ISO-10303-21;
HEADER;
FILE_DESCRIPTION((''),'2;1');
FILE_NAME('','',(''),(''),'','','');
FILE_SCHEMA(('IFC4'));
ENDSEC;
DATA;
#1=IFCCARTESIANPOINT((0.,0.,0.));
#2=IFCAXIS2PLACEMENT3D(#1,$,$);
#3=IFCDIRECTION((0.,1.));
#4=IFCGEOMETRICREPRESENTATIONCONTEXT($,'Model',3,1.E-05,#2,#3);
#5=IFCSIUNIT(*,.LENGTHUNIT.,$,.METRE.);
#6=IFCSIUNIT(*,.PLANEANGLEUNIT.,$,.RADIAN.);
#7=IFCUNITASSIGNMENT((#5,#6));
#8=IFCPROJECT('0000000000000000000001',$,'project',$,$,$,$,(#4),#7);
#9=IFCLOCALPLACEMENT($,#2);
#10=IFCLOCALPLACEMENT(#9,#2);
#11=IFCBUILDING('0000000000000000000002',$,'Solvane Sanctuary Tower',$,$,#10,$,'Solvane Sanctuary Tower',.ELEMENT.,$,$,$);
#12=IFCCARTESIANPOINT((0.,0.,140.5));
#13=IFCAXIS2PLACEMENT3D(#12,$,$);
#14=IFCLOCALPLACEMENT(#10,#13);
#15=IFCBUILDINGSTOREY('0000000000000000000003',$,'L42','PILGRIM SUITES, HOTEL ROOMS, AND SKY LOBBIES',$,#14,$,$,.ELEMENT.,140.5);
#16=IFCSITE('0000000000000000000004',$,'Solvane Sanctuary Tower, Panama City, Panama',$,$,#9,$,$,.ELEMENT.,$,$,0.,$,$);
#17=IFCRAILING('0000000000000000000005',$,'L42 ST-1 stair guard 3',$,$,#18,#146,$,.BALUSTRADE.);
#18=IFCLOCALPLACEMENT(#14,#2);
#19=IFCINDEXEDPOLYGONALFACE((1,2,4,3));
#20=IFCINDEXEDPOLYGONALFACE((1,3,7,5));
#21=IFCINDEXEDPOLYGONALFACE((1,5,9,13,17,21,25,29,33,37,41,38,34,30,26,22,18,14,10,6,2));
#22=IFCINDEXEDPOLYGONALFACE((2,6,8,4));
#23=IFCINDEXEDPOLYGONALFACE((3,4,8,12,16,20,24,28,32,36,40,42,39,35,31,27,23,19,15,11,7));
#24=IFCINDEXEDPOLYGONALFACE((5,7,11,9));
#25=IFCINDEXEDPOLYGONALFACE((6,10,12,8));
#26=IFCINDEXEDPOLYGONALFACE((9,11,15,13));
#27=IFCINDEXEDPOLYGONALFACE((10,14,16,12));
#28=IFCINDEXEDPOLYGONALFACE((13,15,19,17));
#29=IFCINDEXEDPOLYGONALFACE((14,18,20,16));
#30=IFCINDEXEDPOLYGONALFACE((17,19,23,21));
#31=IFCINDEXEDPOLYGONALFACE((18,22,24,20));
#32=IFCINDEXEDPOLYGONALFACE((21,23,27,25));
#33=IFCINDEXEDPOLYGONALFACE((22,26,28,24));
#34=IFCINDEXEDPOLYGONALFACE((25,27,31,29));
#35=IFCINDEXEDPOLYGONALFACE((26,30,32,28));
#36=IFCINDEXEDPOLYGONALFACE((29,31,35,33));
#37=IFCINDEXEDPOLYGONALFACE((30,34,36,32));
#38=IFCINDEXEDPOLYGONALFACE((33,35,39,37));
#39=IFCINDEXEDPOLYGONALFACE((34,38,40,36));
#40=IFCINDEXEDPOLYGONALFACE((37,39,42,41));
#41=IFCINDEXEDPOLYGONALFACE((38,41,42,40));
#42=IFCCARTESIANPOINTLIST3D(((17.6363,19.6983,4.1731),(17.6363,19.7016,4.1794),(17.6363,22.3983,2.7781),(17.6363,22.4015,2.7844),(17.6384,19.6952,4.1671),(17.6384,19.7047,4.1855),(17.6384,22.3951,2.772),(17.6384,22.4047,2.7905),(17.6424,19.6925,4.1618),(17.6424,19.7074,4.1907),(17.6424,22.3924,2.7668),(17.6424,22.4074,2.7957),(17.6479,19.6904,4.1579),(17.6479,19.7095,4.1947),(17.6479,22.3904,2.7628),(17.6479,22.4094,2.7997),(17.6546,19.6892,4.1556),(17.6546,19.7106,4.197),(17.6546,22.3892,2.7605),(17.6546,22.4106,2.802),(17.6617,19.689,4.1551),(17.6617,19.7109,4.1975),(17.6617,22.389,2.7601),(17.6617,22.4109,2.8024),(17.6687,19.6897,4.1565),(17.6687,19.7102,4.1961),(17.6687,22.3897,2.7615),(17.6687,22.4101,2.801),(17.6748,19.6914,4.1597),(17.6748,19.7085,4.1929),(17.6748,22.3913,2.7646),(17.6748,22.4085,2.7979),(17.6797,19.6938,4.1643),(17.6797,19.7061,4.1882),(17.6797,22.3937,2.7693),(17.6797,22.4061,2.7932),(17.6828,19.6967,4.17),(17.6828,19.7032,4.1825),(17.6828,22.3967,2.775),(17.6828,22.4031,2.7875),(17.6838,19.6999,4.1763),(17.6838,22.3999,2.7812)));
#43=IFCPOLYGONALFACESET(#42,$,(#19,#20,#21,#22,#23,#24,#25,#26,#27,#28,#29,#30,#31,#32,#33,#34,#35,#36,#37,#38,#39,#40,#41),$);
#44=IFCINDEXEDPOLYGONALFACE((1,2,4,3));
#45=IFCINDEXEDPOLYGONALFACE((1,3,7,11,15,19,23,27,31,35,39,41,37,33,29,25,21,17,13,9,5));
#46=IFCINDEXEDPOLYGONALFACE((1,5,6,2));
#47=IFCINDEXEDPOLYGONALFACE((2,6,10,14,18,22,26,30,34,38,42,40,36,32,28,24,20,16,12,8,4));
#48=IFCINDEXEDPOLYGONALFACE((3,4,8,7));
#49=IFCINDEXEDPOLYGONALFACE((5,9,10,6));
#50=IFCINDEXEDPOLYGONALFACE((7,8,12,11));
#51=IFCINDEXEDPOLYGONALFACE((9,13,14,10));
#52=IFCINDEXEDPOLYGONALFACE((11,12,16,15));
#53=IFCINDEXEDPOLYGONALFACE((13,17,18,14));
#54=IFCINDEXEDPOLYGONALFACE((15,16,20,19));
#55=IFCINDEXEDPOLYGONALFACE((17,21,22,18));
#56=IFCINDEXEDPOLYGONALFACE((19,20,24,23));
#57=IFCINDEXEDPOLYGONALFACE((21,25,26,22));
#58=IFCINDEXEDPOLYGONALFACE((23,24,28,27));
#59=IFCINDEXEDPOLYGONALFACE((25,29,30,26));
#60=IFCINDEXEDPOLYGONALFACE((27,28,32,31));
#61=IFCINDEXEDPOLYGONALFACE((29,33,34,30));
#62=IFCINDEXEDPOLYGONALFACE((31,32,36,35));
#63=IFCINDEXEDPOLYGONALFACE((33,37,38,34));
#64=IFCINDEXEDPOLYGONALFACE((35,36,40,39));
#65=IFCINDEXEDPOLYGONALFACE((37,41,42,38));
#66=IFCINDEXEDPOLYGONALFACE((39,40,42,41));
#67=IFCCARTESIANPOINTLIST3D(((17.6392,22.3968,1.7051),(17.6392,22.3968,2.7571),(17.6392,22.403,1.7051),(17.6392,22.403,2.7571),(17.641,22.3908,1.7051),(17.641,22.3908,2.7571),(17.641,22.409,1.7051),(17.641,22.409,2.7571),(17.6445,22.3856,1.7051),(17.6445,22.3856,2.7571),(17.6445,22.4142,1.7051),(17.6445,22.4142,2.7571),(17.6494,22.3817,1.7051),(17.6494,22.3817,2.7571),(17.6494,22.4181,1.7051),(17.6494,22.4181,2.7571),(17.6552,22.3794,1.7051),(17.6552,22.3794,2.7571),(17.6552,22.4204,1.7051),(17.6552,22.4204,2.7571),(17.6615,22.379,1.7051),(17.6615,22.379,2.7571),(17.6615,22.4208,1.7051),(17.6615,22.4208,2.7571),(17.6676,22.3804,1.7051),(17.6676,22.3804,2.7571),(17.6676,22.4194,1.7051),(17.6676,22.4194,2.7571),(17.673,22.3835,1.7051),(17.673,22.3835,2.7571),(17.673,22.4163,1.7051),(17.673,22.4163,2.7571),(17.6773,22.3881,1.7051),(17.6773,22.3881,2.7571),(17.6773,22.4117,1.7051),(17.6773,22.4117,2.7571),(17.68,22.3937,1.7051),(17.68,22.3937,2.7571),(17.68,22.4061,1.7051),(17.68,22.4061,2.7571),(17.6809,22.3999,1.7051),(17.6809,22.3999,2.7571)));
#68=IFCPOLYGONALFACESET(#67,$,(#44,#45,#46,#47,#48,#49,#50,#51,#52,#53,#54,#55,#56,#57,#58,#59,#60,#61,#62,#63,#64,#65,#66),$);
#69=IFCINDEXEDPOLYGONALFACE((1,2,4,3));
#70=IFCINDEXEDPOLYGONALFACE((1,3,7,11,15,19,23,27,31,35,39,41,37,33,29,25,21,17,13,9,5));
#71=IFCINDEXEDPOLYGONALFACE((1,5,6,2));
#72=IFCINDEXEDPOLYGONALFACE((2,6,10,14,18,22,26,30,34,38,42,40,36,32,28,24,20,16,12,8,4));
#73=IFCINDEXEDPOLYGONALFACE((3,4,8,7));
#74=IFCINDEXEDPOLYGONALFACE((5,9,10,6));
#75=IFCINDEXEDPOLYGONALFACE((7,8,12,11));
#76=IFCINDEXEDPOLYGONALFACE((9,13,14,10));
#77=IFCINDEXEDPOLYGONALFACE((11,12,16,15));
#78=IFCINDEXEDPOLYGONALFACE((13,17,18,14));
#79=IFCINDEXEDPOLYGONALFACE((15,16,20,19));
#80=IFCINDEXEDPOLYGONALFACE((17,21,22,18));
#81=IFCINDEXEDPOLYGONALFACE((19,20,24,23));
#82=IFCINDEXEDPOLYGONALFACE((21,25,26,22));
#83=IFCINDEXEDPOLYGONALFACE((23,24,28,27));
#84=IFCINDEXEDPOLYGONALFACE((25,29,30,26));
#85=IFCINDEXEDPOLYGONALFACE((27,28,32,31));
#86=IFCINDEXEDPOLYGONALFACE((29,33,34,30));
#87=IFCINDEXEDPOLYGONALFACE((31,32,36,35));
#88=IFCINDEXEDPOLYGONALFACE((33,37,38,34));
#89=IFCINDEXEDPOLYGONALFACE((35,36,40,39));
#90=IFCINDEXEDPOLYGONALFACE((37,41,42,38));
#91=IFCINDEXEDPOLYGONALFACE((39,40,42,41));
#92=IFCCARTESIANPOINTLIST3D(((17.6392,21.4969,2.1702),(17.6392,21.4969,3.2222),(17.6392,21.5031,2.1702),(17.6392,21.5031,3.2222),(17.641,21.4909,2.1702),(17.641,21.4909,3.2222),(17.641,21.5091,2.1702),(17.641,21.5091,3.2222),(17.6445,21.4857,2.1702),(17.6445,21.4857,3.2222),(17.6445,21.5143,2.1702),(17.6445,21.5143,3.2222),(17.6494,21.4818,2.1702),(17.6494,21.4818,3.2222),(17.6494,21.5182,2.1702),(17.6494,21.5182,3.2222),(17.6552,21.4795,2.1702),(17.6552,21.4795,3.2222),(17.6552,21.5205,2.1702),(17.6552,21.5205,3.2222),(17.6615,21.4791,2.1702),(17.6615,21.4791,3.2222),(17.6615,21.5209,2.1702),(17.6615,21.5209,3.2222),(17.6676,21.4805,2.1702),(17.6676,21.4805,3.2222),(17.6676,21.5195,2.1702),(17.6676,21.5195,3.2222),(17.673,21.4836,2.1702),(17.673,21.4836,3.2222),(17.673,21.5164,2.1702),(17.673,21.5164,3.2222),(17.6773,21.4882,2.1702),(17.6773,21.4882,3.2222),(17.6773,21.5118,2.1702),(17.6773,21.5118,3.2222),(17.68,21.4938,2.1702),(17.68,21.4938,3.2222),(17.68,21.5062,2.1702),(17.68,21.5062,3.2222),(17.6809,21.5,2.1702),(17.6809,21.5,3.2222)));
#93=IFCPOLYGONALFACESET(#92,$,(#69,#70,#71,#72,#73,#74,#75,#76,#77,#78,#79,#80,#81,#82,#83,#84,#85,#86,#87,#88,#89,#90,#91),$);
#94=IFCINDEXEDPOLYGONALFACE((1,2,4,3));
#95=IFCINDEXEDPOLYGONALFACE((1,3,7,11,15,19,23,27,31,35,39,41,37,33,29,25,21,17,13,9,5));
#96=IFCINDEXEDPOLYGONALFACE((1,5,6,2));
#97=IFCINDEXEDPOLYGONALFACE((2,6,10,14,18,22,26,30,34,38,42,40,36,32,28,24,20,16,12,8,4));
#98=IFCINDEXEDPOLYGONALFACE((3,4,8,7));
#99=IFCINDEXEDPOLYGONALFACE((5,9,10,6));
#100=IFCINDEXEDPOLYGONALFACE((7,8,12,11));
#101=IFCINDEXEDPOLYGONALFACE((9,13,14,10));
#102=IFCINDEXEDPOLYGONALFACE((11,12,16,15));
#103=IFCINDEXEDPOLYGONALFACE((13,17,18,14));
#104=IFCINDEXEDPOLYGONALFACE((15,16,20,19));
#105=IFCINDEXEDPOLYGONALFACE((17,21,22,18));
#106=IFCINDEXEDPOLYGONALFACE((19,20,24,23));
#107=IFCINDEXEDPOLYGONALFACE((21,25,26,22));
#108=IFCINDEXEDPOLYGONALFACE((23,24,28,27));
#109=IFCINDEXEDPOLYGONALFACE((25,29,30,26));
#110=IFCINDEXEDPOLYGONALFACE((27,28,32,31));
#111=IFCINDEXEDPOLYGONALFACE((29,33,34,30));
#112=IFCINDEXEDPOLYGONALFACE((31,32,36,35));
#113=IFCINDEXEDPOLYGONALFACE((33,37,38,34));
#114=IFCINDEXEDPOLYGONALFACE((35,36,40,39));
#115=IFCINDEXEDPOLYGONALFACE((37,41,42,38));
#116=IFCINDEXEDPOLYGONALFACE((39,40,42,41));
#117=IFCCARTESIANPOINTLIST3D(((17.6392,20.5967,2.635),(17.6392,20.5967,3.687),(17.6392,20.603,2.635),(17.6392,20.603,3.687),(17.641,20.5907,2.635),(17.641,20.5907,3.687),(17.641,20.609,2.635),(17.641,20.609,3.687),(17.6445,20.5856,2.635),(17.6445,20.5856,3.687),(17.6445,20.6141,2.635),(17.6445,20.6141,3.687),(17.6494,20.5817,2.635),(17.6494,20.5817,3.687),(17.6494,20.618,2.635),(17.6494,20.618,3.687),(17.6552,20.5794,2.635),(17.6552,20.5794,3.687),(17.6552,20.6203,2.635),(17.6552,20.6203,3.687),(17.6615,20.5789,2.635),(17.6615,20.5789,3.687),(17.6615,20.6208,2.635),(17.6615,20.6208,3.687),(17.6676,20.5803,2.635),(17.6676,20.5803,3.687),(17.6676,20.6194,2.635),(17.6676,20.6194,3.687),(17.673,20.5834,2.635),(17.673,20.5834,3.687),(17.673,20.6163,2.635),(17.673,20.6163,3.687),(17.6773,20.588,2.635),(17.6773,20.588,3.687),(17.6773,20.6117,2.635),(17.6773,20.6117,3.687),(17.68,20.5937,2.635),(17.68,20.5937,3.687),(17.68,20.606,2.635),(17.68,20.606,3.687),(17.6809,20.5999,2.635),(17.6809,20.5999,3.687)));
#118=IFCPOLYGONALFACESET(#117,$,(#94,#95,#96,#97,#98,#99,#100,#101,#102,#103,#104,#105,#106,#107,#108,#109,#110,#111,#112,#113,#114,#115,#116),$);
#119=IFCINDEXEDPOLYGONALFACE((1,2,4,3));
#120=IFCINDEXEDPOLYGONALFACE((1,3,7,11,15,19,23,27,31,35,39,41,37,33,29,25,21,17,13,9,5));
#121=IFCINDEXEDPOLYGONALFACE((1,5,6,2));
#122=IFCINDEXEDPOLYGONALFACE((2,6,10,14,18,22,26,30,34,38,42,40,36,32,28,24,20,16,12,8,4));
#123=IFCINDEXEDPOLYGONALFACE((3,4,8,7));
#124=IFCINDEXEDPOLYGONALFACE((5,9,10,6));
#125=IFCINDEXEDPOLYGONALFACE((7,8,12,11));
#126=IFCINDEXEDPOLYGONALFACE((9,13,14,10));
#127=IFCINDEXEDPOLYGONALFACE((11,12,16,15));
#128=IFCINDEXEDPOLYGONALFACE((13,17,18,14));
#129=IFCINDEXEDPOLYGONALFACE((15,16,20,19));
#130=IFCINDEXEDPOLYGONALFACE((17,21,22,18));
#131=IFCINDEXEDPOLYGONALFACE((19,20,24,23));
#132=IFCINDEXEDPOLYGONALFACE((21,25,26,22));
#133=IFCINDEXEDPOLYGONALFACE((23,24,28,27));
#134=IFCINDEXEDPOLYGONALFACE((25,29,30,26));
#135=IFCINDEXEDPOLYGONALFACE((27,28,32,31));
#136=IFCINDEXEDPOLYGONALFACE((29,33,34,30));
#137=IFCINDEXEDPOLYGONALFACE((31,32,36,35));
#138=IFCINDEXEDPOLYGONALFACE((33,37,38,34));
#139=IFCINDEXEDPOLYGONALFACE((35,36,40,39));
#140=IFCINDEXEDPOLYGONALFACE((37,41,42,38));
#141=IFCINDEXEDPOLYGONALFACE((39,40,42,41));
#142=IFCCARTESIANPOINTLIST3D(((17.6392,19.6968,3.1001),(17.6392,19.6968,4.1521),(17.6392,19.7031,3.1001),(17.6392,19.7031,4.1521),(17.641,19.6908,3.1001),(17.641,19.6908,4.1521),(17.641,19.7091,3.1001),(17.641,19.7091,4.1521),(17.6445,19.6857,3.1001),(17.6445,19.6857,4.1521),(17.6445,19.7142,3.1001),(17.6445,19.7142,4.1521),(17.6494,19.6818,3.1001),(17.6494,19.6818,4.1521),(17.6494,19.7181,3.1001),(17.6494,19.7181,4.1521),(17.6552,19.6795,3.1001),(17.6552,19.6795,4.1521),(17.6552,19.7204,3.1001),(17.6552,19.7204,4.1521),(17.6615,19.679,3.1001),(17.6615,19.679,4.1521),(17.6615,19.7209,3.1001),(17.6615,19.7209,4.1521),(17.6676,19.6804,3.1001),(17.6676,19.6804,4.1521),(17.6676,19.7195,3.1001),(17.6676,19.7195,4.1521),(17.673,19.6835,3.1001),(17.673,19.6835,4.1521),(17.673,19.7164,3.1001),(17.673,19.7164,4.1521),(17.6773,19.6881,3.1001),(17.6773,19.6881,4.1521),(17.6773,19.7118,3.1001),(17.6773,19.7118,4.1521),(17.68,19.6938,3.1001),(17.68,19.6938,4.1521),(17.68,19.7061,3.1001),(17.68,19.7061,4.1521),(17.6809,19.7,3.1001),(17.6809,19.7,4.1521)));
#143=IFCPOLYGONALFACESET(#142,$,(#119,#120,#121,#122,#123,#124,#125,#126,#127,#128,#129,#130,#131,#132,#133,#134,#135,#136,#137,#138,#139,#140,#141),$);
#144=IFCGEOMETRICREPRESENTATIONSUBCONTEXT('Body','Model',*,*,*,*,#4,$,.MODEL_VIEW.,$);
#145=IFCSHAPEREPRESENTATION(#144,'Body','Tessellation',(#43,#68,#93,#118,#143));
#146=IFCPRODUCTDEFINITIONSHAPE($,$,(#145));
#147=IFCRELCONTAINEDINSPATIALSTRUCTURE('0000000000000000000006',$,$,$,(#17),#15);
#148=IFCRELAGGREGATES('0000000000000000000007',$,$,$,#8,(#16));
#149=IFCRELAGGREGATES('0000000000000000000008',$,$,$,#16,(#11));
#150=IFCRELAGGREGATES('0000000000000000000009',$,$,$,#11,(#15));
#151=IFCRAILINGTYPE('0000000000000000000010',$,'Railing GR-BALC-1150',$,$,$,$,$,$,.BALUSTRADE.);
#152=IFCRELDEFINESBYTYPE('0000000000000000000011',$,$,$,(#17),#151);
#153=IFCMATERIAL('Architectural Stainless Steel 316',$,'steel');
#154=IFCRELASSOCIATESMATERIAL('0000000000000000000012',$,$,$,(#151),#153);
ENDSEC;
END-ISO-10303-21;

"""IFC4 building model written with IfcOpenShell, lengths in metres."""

from ifc_helpers import new_model, si_unit, direction, frame, origin, origin_2d, place, context, subcontext, project, spatial, circle, extrude, material, type_object, element, save


model = new_model("IFC4")

# Units and contexts
model_context = context("Model", 3, precision=1e-05, world=origin(), true_north=direction((0.0, 1.0)))
body_context = subcontext(model_context, "Body", "Model", "MODEL_VIEW")
ifc_project = project(units=[si_unit("LENGTHUNIT", "METRE"), si_unit("PLANEANGLEUNIT", "RADIAN")], contexts=[model_context])

# Site, building, storey
site_placement = place(None, origin())
site = spatial("IfcSite", under=ifc_project, at=site_placement, Name="Solvane Sanctuary Tower, Panama City, Panama", CompositionType="ELEMENT", RefElevation=0.0)
building_placement = place(site_placement, origin())
building = spatial("IfcBuilding", under=site, at=building_placement, Name="Solvane Sanctuary Tower", LongName="Solvane Sanctuary Tower", CompositionType="ELEMENT")
storey_placement = place(building_placement, frame((0.0, 0.0, 140.5)))
storey = spatial("IfcBuildingStorey", under=building, at=storey_placement, Name="L42", Description="PILGRIM SUITES, HOTEL ROOMS, AND SKY LOBBIES", CompositionType="ELEMENT", Elevation=140.5)

# Shared definitions
ifc_material_1 = material(Name="Architectural Stainless Steel 316", Category="steel")

# Railing
railing_type_1 = type_object("IfcRailingType", Name="Railing GR-BALC-1150", PredefinedType="BALUSTRADE", material=ifc_material_1)
railing_1_placement = place(storey_placement, frame((17.6599, 22.3999, 1.7051)))
element("IfcRailing", 1, at=railing_1_placement, inside=storey, type_object=railing_type_1, Name="L42 ST-1 stair guard 3", PredefinedType="BALUSTRADE", context=body_context, shape_type="SweptSolid", body=[
    extrude(circle(Radius=0.0239, at=origin_2d()), frame((0.0, 0.0, 1.0762), z_axis=(0.0, -0.88842, 0.459032), x_axis=(1.0, 0.0, 0.0)), (0.0, 0.0, 1.0), 3.0391),
    extrude(circle(Radius=0.021, at=origin_2d()), origin(), (0.0, 0.0, 1.0), 1.052),
    extrude(circle(Radius=0.021, at=origin_2d()), frame((0.0, -0.8999, 0.4651)), (0.0, 0.0, 1.0), 1.052),
    extrude(circle(Radius=0.021, at=origin_2d()), frame((0.0, -1.8, 0.9299)), (0.0, 0.0, 1.0), 1.052),
    extrude(circle(Radius=0.021, at=origin_2d()), frame((0.0, -2.7, 1.395)), (0.0, 0.0, 1.0), 1.052),
])

save(model, "model.ifc")
